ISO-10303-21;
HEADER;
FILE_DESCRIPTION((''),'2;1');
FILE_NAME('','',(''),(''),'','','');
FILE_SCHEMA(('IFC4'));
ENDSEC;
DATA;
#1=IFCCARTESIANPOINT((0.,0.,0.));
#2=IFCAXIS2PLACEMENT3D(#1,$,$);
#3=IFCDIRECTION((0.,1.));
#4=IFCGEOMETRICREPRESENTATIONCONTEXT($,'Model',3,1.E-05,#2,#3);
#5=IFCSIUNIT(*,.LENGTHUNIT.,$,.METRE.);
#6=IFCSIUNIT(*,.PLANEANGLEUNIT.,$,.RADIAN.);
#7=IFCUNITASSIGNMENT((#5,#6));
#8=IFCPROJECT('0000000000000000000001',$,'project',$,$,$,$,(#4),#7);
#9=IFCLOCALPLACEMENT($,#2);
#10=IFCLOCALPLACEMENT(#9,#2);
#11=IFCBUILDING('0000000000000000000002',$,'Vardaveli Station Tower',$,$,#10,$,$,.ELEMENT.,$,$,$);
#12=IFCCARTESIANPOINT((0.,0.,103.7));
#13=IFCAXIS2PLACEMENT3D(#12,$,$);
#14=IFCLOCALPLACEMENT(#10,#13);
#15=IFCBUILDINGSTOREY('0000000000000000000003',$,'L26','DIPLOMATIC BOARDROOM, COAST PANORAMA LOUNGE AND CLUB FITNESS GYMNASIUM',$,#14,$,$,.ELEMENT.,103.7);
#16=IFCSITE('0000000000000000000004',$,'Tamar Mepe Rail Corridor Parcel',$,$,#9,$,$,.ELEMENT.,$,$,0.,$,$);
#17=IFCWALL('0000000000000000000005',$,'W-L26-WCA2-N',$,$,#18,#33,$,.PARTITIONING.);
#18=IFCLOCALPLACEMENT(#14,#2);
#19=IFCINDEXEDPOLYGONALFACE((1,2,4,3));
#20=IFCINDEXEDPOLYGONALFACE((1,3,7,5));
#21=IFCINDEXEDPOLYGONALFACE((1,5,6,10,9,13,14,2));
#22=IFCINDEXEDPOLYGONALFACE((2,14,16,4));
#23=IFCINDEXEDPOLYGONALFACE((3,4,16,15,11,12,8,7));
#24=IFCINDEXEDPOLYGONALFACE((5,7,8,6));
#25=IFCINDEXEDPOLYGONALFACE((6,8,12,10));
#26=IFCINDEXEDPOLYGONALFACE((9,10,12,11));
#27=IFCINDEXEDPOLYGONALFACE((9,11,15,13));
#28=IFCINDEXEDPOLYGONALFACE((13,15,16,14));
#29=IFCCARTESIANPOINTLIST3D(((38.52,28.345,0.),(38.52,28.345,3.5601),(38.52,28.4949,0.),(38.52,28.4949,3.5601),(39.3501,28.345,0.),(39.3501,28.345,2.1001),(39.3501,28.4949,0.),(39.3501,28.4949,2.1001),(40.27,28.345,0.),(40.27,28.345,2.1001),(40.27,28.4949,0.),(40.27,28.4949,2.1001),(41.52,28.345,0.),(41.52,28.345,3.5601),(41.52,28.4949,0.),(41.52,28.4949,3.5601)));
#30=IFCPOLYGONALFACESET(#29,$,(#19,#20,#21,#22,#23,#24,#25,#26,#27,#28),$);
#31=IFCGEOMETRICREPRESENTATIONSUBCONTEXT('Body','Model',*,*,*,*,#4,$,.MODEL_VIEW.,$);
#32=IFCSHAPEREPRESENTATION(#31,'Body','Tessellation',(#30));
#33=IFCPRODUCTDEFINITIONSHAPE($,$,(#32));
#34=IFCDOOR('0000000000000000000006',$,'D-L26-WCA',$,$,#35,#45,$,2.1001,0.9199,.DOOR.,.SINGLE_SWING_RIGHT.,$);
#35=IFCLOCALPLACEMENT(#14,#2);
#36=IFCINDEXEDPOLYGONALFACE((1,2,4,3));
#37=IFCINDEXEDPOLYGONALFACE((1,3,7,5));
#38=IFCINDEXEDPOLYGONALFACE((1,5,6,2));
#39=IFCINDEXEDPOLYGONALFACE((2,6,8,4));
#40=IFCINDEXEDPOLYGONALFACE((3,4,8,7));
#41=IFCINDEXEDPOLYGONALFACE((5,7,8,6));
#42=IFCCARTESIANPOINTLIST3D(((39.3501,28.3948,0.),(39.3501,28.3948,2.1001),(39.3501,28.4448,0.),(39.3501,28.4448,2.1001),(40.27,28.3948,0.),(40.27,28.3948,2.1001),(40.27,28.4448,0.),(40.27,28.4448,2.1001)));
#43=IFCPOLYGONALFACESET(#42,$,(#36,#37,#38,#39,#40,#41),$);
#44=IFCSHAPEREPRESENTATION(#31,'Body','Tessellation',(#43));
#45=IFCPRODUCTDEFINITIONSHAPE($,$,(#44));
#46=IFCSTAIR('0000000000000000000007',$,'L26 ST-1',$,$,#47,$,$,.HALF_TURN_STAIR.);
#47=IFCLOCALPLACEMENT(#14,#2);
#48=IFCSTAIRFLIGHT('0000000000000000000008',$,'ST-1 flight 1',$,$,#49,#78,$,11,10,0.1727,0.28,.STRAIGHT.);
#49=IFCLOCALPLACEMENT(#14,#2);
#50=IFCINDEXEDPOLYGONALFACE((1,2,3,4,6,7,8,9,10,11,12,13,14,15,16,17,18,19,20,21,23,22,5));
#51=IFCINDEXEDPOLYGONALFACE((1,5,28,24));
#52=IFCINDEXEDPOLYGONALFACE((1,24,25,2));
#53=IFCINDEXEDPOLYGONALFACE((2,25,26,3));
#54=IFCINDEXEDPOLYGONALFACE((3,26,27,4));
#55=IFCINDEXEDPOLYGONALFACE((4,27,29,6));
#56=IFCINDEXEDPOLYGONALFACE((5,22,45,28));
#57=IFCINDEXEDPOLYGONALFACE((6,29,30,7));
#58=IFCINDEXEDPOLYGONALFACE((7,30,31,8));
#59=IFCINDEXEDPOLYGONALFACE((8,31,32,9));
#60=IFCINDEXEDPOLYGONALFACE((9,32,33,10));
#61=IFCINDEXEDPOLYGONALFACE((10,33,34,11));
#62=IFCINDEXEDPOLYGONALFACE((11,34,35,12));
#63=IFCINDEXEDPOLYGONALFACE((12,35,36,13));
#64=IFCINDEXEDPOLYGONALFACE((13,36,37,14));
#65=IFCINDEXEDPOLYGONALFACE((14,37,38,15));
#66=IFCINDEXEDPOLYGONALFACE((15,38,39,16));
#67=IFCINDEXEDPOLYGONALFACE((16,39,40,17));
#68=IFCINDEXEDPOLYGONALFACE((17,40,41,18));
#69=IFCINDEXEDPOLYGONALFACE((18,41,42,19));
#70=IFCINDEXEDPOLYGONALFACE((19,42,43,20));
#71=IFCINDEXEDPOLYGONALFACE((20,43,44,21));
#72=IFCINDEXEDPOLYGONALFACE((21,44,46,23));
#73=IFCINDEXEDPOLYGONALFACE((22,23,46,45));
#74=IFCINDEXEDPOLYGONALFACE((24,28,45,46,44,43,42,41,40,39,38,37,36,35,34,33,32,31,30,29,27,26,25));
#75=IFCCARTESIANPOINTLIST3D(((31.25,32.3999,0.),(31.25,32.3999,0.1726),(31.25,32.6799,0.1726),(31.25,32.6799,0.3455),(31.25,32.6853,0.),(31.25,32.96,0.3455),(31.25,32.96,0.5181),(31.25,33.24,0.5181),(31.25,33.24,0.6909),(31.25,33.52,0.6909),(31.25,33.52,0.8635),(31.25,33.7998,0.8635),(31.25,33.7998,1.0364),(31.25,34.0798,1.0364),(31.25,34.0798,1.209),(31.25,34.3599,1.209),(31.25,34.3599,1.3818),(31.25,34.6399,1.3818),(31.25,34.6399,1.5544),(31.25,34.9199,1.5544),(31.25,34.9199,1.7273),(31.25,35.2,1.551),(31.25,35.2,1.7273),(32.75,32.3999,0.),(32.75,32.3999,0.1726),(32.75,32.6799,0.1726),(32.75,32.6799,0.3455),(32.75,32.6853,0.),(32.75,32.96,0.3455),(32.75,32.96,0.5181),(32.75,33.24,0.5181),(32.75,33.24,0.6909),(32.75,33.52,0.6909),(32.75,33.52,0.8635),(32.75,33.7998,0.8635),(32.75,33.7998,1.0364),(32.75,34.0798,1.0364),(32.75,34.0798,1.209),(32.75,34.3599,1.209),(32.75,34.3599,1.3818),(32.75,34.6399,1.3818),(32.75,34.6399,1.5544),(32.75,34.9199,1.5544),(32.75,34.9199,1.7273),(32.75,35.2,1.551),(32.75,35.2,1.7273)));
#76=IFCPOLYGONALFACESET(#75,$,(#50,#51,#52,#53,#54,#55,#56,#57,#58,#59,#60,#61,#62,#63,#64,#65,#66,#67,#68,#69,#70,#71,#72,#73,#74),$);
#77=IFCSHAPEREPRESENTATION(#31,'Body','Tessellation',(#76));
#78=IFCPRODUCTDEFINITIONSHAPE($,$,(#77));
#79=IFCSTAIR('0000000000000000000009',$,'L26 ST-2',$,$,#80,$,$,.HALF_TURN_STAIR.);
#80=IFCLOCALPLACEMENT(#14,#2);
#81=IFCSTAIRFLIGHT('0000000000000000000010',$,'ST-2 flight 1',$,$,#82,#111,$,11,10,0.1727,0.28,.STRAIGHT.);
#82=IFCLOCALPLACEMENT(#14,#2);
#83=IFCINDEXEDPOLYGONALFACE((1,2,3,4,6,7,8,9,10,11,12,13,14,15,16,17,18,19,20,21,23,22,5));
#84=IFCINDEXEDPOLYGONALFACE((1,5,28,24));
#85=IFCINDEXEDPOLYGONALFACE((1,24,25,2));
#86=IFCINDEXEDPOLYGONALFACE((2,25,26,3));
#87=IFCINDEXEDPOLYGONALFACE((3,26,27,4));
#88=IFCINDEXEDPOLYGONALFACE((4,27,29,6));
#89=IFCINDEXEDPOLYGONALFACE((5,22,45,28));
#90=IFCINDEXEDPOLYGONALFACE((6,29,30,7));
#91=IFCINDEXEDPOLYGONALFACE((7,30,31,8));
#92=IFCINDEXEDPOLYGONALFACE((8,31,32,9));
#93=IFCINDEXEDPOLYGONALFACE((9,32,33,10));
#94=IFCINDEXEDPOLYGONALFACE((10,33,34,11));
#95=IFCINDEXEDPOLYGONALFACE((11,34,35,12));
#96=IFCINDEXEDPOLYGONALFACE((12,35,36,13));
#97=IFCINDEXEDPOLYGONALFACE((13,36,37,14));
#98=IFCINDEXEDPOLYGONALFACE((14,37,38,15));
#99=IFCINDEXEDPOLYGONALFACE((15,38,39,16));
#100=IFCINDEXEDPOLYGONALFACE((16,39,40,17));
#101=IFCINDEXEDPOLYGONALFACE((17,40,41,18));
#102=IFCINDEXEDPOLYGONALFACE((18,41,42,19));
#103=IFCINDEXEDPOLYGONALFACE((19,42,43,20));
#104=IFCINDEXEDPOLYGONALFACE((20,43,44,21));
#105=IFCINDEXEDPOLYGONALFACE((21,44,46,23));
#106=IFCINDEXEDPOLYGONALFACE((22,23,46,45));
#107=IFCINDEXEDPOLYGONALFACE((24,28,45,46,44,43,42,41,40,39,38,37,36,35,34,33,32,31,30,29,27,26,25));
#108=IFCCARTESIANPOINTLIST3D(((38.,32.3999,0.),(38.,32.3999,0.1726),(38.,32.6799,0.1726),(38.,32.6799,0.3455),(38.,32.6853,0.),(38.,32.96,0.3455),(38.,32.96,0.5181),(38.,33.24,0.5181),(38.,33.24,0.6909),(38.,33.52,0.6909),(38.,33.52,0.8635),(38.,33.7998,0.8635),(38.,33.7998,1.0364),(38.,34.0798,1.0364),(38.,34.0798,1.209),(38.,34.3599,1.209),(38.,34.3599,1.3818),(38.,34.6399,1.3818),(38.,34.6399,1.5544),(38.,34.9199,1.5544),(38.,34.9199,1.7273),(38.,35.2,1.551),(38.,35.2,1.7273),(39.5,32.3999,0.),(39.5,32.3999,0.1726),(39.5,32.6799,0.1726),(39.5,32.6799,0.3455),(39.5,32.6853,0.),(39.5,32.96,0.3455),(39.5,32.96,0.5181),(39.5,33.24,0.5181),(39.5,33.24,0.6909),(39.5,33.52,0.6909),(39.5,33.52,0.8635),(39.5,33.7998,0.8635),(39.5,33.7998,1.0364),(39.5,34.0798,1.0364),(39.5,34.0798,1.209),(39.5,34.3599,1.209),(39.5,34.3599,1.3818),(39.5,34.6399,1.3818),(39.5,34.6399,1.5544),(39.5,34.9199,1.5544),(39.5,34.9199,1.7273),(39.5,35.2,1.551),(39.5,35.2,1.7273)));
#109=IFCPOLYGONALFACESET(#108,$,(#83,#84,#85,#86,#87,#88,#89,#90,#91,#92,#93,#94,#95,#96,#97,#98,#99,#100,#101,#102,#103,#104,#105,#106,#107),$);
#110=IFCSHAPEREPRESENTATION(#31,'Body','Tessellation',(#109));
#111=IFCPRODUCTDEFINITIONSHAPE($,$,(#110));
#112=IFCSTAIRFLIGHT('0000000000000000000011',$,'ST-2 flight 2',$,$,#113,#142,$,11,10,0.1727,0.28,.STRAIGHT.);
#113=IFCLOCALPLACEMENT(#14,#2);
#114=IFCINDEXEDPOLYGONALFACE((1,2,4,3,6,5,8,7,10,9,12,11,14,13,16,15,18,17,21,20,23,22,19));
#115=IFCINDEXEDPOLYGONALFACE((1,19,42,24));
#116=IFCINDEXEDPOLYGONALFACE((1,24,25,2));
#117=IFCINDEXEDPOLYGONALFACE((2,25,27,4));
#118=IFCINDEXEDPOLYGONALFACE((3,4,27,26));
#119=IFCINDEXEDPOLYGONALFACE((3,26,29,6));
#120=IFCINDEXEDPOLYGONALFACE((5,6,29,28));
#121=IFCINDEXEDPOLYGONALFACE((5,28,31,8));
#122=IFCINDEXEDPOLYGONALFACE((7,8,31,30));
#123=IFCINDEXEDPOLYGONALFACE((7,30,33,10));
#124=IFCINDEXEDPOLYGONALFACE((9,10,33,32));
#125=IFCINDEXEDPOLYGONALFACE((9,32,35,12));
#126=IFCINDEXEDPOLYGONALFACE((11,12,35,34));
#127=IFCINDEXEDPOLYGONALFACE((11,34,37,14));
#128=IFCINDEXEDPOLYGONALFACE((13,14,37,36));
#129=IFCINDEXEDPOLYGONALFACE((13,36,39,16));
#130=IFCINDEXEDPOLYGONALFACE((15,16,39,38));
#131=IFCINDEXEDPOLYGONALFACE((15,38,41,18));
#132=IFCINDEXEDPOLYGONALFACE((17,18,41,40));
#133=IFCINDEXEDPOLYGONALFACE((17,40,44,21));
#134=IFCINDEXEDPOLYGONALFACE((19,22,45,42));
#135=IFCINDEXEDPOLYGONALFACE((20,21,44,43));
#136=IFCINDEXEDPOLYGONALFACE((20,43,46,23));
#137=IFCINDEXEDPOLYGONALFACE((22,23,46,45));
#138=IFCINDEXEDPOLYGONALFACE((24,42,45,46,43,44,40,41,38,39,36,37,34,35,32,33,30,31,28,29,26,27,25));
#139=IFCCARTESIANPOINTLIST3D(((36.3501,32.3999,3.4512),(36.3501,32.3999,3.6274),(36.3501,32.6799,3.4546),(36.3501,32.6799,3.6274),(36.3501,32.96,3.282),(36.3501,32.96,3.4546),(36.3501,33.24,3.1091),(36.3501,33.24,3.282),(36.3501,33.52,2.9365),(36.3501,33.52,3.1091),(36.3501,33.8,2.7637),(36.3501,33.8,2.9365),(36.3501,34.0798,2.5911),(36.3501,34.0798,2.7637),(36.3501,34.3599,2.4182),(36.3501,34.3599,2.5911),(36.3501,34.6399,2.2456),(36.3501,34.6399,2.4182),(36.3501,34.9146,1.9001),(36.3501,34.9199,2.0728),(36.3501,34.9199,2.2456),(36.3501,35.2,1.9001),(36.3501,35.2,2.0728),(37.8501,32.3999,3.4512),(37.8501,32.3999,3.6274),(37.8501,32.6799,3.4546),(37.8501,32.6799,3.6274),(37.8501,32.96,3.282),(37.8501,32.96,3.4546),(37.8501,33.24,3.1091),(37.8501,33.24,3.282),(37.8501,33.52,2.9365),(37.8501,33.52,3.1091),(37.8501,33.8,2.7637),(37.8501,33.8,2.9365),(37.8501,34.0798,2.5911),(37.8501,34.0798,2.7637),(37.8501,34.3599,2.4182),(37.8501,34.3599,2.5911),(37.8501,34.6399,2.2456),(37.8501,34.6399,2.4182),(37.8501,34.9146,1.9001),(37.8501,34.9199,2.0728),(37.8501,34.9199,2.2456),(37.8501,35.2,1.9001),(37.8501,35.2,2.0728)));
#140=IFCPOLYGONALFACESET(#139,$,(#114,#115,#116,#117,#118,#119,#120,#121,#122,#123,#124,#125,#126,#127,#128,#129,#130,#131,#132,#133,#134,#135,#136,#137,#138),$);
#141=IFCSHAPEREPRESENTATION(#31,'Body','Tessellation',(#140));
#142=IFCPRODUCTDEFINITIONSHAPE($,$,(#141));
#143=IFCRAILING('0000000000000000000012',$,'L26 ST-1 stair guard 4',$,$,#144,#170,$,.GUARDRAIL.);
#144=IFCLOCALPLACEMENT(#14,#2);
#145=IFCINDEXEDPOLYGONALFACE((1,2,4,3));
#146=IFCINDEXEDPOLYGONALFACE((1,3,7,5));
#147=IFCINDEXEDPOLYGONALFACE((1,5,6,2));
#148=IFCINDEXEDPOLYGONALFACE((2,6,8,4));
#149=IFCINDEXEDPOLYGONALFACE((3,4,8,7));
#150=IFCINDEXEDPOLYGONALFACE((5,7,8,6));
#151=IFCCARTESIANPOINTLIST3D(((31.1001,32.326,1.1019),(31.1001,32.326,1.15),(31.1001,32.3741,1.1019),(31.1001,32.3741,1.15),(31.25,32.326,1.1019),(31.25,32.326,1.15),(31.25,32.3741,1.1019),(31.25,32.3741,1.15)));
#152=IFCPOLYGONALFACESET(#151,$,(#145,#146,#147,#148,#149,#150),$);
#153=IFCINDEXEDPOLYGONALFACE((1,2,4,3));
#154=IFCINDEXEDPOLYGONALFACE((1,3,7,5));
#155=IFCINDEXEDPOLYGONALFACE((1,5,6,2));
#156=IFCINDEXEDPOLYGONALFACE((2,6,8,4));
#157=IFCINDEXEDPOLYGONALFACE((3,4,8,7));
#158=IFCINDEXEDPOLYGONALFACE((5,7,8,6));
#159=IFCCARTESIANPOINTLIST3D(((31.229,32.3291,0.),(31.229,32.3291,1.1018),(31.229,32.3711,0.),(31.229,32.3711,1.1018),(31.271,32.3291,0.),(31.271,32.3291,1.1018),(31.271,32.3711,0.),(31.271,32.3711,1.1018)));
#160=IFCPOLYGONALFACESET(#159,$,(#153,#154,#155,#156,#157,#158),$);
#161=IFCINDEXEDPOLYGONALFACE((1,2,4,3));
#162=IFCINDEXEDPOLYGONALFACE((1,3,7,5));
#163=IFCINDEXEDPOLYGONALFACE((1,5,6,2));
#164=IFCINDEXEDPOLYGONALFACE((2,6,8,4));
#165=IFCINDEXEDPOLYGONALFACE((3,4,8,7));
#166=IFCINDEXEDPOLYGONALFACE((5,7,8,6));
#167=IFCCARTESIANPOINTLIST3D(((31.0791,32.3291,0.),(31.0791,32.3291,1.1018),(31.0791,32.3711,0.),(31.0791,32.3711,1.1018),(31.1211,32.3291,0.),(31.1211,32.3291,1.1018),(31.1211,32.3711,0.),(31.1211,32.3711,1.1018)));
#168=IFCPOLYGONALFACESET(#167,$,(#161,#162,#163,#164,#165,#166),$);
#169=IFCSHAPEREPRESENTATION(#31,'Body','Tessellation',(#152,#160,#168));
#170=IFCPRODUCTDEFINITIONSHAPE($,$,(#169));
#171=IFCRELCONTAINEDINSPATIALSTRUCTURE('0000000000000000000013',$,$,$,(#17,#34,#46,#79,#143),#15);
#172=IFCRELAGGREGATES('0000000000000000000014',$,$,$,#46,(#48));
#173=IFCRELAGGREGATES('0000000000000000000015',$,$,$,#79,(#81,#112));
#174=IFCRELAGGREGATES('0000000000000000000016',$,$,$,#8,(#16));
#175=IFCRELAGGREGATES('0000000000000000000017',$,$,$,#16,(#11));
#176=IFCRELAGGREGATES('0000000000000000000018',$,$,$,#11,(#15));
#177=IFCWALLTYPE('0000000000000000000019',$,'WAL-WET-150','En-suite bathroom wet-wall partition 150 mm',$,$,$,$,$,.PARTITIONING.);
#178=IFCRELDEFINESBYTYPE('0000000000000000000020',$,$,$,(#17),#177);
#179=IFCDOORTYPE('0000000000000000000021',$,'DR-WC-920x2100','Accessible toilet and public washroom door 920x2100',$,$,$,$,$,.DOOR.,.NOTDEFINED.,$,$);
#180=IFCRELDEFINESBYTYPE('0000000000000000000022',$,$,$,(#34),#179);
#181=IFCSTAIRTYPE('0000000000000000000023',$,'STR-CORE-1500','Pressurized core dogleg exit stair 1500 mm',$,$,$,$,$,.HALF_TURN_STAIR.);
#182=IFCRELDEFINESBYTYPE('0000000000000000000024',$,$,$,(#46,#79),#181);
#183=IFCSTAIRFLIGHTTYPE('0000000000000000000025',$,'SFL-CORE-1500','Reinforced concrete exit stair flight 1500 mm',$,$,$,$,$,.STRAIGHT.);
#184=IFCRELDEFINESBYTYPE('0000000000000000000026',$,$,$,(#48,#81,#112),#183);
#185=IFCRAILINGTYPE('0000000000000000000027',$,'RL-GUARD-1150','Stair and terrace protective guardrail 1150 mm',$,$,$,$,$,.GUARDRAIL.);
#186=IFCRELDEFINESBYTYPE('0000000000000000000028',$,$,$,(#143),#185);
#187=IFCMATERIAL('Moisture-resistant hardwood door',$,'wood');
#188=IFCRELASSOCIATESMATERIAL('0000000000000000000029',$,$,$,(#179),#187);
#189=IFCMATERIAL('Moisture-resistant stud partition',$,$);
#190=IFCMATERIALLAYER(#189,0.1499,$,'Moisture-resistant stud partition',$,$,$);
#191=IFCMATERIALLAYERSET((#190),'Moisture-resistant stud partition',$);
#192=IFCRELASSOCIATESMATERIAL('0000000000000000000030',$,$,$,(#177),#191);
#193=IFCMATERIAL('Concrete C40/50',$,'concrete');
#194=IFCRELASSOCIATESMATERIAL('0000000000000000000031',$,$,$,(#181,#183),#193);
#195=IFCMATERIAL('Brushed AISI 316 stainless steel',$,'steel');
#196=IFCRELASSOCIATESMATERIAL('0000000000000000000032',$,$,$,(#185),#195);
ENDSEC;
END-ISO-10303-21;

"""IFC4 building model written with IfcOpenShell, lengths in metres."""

from ifc_helpers import new_model, si_unit, direction, frame, frame_2d, origin, origin_2d, place, context, subcontext, project, spatial, polyline, rectangle, outline, extrude, source, transform, mapped, material, layer, layer_set, type_object, element, fill, aggregate, save


model = new_model("IFC4")

# Units and contexts
model_context = context("Model", 3, precision=1e-05, world=origin(), true_north=direction((0.0, 1.0)))
body_context = subcontext(model_context, "Body", "Model", "MODEL_VIEW")
ifc_project = project(units=[si_unit("LENGTHUNIT", "METRE"), si_unit("PLANEANGLEUNIT", "RADIAN")], contexts=[model_context])

# Site, building, storey
site_placement = place(None, origin())
site = spatial("IfcSite", under=ifc_project, at=site_placement, Name="Tamar Mepe Rail Corridor Parcel", CompositionType="ELEMENT", RefElevation=0.0)
building_placement = place(site_placement, origin())
building = spatial("IfcBuilding", under=site, at=building_placement, Name="Vardaveli Station Tower", CompositionType="ELEMENT")
storey_placement = place(building_placement, frame((0.0, 0.0, 103.7)))
storey = spatial("IfcBuildingStorey", under=building, at=storey_placement, Name="L26", Description="DIPLOMATIC BOARDROOM, COAST PANORAMA LOUNGE AND CLUB FITNESS GYMNASIUM", CompositionType="ELEMENT", Elevation=103.7)

# Shared definitions
ifc_material_1 = material(Name="Concrete C40/50", Category="concrete")

# Wall, opening, door
ifc_material_2 = material(Name="Moisture-resistant hardwood door", Category="wood")
door_type_1 = type_object("IfcDoorType", Name="DR-WC-920x2100", Description="Accessible toilet and public washroom door 920x2100", OperationType="NOTDEFINED", PredefinedType="DOOR", material=ifc_material_2)
shared_shape_1 = source(origin(), body_context, "Body", "SweptSolid", [
    extrude(rectangle(XDim=0.9199, YDim=2.1001, at=frame_2d((0.46, 1.05))), frame((0.0, 0.0249, 0.0), z_axis=(0.0, -1.0, 0.0), x_axis=(1.0, 0.0, 0.0)), (0.0, 0.0, 1.0), 0.05),
])
ifc_material_3 = material(Name="Moisture-resistant stud partition")
ifc_layer_1 = layer(ifc_material_3, 0.1499, Name="Moisture-resistant stud partition")
ifc_layer_set_1 = layer_set([ifc_layer_1], Name="Moisture-resistant stud partition")
wall_type_1 = type_object("IfcWallType", Name="WAL-WET-150", Description="En-suite bathroom wet-wall partition 150 mm", PredefinedType="PARTITIONING", material=ifc_layer_set_1)
shared_shape_2 = source(origin(), body_context, "Body", "SweptSolid", [
    extrude(rectangle(XDim=3.0, YDim=0.1499, at=frame_2d((1.5, 0.0))), origin(), (0.0, 0.0, 1.0), 3.5601),
])
wall_1_placement = place(storey_placement, frame((38.52, 28.4199, 0.0), z_axis=(0.0, 0.0, 1.0), x_axis=(1.0, 0.0, 0.0)))
wall_1 = element("IfcWall", 1, at=wall_1_placement, inside=storey, type_object=wall_type_1, Name="W-L26-WCA2-N", PredefinedType="PARTITIONING", context=body_context, shape_type="MappedRepresentation", body=[
    mapped(shared_shape_2, transform((0.0, 0.0, 0.0), scale=1.0)),
])
shared_shape_3 = source(origin(), body_context, "Body", "SweptSolid", [
    extrude(rectangle(XDim=0.9199, YDim=2.1001, at=frame_2d((0.46, 1.05))), frame((0.0, 0.085, 0.0), z_axis=(0.0, -1.0, 0.0), x_axis=(1.0, 0.0, 0.0)), (0.0, 0.0, 1.0), 0.1699),
])
opening_1_placement = place(wall_1_placement, frame((0.8301, 0.0, 0.0)))
opening_1 = element("IfcOpeningElement", 2, at=opening_1_placement, cuts=wall_1, PredefinedType="OPENING", context=body_context, shape_type="MappedRepresentation", body=[
    mapped(shared_shape_3, transform((0.0, 0.0, 0.0), scale=1.0)),
])
door_1_placement = place(opening_1_placement, origin())
door_1 = element("IfcDoor", 3, at=door_1_placement, inside=storey, type_object=door_type_1, Name="D-L26-WCA", OperationType="SINGLE_SWING_RIGHT", OverallHeight=2.1001, OverallWidth=0.9199, PredefinedType="DOOR", context=body_context, shape_type="MappedRepresentation", body=[
    mapped(shared_shape_1, transform((0.0, 0.0, 0.0), scale=1.0)),
])
fill(opening_1, door_1)

# Stair, stair flight
stair_type = type_object("IfcStairType", Name="STR-CORE-1500", Description="Pressurized core dogleg exit stair 1500 mm", PredefinedType="HALF_TURN_STAIR", material=ifc_material_1)
stair_1_placement = place(storey_placement, origin())
stair_1 = element("IfcStair", 4, at=stair_1_placement, inside=storey, type_object=stair_type, Name="L26 ST-1", PredefinedType="HALF_TURN_STAIR")
stair_flight_type = type_object("IfcStairFlightType", Name="SFL-CORE-1500", Description="Reinforced concrete exit stair flight 1500 mm", PredefinedType="STRAIGHT", material=ifc_material_1)
shared_shape_4 = source(origin(), body_context, "Body", "SweptSolid", [
    extrude(outline(polyline([(0.0, 0.0), (0.0, 0.1726), (0.28, 0.1726), (0.28, 0.3455), (0.5601, 0.3455), (0.5601, 0.5181), (0.8401, 0.5181), (0.8401, 0.6909), (1.1201, 0.6909), (1.1201, 0.8635), (1.3999, 0.8635), (1.3999, 1.0364), (1.6799, 1.0364), (1.6799, 1.209), (1.96, 1.209), (1.96, 1.3818), (2.24, 1.3818), (2.24, 1.5544), (2.52, 1.5544), (2.52, 1.7273), (2.8, 1.7273), (2.8, 1.8999), (2.8, 1.551), (0.2854, 0.0), (0.0, 0.0)])), frame((0.0, 0.75, 0.0), z_axis=(0.0, -1.0, 0.0), x_axis=(1.0, 0.0, 0.0)), (0.0, 0.0, 1.0), 1.5),
])
stair_flight_1_placement = place(storey_placement, frame((32.0, 32.3999, 0.0), z_axis=(0.0, 0.0, 1.0), x_axis=(0.0, 1.0, 0.0)))
stair_flight_1 = element("IfcStairFlight", 5, at=stair_flight_1_placement, type_object=stair_flight_type, Name="ST-1 flight 1", NumberOfRisers=11, NumberOfTreads=10, PredefinedType="STRAIGHT", RiserHeight=0.1727, TreadLength=0.28, context=body_context, shape_type="MappedRepresentation", body=[
    mapped(shared_shape_4, transform((0.0, 0.0, 0.0), scale=1.0)),
])
aggregate(stair_1, [stair_flight_1])

# Stair, stair flights
stair_2_placement = place(storey_placement, origin())
stair_2 = element("IfcStair", 6, at=stair_2_placement, inside=storey, type_object=stair_type, Name="L26 ST-2", PredefinedType="HALF_TURN_STAIR")
stair_flight_2_placement = place(storey_placement, frame((38.75, 32.3999, 0.0), z_axis=(0.0, 0.0, 1.0), x_axis=(0.0, 1.0, 0.0)))
stair_flight_2 = element("IfcStairFlight", 7, at=stair_flight_2_placement, type_object=stair_flight_type, Name="ST-2 flight 1", NumberOfRisers=11, NumberOfTreads=10, PredefinedType="STRAIGHT", RiserHeight=0.1727, TreadLength=0.28, context=body_context, shape_type="MappedRepresentation", body=[
    mapped(shared_shape_4, transform((0.0, 0.0, 0.0), scale=1.0)),
])
stair_flight_3_placement = place(storey_placement, frame((37.1001, 35.2, 1.9001), z_axis=(0.0, 0.0, 1.0), x_axis=(0.0, -1.0, 0.0)))
stair_flight_3 = element("IfcStairFlight", 8, at=stair_flight_3_placement, type_object=stair_flight_type, Name="ST-2 flight 2", NumberOfRisers=11, NumberOfTreads=10, PredefinedType="STRAIGHT", RiserHeight=0.1727, TreadLength=0.28, context=body_context, shape_type="MappedRepresentation", body=[
    mapped(shared_shape_4, transform((0.0, 0.0, 0.0), scale=1.0)),
])
aggregate(stair_2, [stair_flight_2, stair_flight_3])

# Railing
ifc_material_4 = material(Name="Brushed AISI 316 stainless steel", Category="steel")
railing_type_1 = type_object("IfcRailingType", Name="RL-GUARD-1150", Description="Stair and terrace protective guardrail 1150 mm", PredefinedType="GUARDRAIL", material=ifc_material_4)
shared_shape_5 = source(origin(), body_context, "Body", "SweptSolid", [
    extrude(rectangle(XDim=0.0481, YDim=0.0481, at=origin_2d()), frame((0.0, 0.0, 1.126), z_axis=(-1.0, 0.0, 0.0), x_axis=(0.0, -1.0, 0.0)), (0.0, 0.0, 1.0), 0.1499),
    extrude(rectangle(XDim=0.042, YDim=0.042, at=origin_2d()), origin(), (0.0, 0.0, 1.0), 1.1018),
    extrude(rectangle(XDim=0.042, YDim=0.042, at=origin_2d()), frame((-0.1499, 0.0, 0.0)), (0.0, 0.0, 1.0), 1.1018),
])
for number, where, name in (
    (9, (31.25, 32.3501, 0.0), "L26 ST-1 stair guard 4"),
):
    element("IfcRailing", number, at=place(storey_placement, frame(where)), inside=storey, type_object=railing_type_1, Name=name, PredefinedType="GUARDRAIL", context=body_context, shape_type="MappedRepresentation", body=[
        mapped(shared_shape_5, transform((0.0, 0.0, 0.0), scale=1.0)),
    ])

save(model, "model.ifc")
